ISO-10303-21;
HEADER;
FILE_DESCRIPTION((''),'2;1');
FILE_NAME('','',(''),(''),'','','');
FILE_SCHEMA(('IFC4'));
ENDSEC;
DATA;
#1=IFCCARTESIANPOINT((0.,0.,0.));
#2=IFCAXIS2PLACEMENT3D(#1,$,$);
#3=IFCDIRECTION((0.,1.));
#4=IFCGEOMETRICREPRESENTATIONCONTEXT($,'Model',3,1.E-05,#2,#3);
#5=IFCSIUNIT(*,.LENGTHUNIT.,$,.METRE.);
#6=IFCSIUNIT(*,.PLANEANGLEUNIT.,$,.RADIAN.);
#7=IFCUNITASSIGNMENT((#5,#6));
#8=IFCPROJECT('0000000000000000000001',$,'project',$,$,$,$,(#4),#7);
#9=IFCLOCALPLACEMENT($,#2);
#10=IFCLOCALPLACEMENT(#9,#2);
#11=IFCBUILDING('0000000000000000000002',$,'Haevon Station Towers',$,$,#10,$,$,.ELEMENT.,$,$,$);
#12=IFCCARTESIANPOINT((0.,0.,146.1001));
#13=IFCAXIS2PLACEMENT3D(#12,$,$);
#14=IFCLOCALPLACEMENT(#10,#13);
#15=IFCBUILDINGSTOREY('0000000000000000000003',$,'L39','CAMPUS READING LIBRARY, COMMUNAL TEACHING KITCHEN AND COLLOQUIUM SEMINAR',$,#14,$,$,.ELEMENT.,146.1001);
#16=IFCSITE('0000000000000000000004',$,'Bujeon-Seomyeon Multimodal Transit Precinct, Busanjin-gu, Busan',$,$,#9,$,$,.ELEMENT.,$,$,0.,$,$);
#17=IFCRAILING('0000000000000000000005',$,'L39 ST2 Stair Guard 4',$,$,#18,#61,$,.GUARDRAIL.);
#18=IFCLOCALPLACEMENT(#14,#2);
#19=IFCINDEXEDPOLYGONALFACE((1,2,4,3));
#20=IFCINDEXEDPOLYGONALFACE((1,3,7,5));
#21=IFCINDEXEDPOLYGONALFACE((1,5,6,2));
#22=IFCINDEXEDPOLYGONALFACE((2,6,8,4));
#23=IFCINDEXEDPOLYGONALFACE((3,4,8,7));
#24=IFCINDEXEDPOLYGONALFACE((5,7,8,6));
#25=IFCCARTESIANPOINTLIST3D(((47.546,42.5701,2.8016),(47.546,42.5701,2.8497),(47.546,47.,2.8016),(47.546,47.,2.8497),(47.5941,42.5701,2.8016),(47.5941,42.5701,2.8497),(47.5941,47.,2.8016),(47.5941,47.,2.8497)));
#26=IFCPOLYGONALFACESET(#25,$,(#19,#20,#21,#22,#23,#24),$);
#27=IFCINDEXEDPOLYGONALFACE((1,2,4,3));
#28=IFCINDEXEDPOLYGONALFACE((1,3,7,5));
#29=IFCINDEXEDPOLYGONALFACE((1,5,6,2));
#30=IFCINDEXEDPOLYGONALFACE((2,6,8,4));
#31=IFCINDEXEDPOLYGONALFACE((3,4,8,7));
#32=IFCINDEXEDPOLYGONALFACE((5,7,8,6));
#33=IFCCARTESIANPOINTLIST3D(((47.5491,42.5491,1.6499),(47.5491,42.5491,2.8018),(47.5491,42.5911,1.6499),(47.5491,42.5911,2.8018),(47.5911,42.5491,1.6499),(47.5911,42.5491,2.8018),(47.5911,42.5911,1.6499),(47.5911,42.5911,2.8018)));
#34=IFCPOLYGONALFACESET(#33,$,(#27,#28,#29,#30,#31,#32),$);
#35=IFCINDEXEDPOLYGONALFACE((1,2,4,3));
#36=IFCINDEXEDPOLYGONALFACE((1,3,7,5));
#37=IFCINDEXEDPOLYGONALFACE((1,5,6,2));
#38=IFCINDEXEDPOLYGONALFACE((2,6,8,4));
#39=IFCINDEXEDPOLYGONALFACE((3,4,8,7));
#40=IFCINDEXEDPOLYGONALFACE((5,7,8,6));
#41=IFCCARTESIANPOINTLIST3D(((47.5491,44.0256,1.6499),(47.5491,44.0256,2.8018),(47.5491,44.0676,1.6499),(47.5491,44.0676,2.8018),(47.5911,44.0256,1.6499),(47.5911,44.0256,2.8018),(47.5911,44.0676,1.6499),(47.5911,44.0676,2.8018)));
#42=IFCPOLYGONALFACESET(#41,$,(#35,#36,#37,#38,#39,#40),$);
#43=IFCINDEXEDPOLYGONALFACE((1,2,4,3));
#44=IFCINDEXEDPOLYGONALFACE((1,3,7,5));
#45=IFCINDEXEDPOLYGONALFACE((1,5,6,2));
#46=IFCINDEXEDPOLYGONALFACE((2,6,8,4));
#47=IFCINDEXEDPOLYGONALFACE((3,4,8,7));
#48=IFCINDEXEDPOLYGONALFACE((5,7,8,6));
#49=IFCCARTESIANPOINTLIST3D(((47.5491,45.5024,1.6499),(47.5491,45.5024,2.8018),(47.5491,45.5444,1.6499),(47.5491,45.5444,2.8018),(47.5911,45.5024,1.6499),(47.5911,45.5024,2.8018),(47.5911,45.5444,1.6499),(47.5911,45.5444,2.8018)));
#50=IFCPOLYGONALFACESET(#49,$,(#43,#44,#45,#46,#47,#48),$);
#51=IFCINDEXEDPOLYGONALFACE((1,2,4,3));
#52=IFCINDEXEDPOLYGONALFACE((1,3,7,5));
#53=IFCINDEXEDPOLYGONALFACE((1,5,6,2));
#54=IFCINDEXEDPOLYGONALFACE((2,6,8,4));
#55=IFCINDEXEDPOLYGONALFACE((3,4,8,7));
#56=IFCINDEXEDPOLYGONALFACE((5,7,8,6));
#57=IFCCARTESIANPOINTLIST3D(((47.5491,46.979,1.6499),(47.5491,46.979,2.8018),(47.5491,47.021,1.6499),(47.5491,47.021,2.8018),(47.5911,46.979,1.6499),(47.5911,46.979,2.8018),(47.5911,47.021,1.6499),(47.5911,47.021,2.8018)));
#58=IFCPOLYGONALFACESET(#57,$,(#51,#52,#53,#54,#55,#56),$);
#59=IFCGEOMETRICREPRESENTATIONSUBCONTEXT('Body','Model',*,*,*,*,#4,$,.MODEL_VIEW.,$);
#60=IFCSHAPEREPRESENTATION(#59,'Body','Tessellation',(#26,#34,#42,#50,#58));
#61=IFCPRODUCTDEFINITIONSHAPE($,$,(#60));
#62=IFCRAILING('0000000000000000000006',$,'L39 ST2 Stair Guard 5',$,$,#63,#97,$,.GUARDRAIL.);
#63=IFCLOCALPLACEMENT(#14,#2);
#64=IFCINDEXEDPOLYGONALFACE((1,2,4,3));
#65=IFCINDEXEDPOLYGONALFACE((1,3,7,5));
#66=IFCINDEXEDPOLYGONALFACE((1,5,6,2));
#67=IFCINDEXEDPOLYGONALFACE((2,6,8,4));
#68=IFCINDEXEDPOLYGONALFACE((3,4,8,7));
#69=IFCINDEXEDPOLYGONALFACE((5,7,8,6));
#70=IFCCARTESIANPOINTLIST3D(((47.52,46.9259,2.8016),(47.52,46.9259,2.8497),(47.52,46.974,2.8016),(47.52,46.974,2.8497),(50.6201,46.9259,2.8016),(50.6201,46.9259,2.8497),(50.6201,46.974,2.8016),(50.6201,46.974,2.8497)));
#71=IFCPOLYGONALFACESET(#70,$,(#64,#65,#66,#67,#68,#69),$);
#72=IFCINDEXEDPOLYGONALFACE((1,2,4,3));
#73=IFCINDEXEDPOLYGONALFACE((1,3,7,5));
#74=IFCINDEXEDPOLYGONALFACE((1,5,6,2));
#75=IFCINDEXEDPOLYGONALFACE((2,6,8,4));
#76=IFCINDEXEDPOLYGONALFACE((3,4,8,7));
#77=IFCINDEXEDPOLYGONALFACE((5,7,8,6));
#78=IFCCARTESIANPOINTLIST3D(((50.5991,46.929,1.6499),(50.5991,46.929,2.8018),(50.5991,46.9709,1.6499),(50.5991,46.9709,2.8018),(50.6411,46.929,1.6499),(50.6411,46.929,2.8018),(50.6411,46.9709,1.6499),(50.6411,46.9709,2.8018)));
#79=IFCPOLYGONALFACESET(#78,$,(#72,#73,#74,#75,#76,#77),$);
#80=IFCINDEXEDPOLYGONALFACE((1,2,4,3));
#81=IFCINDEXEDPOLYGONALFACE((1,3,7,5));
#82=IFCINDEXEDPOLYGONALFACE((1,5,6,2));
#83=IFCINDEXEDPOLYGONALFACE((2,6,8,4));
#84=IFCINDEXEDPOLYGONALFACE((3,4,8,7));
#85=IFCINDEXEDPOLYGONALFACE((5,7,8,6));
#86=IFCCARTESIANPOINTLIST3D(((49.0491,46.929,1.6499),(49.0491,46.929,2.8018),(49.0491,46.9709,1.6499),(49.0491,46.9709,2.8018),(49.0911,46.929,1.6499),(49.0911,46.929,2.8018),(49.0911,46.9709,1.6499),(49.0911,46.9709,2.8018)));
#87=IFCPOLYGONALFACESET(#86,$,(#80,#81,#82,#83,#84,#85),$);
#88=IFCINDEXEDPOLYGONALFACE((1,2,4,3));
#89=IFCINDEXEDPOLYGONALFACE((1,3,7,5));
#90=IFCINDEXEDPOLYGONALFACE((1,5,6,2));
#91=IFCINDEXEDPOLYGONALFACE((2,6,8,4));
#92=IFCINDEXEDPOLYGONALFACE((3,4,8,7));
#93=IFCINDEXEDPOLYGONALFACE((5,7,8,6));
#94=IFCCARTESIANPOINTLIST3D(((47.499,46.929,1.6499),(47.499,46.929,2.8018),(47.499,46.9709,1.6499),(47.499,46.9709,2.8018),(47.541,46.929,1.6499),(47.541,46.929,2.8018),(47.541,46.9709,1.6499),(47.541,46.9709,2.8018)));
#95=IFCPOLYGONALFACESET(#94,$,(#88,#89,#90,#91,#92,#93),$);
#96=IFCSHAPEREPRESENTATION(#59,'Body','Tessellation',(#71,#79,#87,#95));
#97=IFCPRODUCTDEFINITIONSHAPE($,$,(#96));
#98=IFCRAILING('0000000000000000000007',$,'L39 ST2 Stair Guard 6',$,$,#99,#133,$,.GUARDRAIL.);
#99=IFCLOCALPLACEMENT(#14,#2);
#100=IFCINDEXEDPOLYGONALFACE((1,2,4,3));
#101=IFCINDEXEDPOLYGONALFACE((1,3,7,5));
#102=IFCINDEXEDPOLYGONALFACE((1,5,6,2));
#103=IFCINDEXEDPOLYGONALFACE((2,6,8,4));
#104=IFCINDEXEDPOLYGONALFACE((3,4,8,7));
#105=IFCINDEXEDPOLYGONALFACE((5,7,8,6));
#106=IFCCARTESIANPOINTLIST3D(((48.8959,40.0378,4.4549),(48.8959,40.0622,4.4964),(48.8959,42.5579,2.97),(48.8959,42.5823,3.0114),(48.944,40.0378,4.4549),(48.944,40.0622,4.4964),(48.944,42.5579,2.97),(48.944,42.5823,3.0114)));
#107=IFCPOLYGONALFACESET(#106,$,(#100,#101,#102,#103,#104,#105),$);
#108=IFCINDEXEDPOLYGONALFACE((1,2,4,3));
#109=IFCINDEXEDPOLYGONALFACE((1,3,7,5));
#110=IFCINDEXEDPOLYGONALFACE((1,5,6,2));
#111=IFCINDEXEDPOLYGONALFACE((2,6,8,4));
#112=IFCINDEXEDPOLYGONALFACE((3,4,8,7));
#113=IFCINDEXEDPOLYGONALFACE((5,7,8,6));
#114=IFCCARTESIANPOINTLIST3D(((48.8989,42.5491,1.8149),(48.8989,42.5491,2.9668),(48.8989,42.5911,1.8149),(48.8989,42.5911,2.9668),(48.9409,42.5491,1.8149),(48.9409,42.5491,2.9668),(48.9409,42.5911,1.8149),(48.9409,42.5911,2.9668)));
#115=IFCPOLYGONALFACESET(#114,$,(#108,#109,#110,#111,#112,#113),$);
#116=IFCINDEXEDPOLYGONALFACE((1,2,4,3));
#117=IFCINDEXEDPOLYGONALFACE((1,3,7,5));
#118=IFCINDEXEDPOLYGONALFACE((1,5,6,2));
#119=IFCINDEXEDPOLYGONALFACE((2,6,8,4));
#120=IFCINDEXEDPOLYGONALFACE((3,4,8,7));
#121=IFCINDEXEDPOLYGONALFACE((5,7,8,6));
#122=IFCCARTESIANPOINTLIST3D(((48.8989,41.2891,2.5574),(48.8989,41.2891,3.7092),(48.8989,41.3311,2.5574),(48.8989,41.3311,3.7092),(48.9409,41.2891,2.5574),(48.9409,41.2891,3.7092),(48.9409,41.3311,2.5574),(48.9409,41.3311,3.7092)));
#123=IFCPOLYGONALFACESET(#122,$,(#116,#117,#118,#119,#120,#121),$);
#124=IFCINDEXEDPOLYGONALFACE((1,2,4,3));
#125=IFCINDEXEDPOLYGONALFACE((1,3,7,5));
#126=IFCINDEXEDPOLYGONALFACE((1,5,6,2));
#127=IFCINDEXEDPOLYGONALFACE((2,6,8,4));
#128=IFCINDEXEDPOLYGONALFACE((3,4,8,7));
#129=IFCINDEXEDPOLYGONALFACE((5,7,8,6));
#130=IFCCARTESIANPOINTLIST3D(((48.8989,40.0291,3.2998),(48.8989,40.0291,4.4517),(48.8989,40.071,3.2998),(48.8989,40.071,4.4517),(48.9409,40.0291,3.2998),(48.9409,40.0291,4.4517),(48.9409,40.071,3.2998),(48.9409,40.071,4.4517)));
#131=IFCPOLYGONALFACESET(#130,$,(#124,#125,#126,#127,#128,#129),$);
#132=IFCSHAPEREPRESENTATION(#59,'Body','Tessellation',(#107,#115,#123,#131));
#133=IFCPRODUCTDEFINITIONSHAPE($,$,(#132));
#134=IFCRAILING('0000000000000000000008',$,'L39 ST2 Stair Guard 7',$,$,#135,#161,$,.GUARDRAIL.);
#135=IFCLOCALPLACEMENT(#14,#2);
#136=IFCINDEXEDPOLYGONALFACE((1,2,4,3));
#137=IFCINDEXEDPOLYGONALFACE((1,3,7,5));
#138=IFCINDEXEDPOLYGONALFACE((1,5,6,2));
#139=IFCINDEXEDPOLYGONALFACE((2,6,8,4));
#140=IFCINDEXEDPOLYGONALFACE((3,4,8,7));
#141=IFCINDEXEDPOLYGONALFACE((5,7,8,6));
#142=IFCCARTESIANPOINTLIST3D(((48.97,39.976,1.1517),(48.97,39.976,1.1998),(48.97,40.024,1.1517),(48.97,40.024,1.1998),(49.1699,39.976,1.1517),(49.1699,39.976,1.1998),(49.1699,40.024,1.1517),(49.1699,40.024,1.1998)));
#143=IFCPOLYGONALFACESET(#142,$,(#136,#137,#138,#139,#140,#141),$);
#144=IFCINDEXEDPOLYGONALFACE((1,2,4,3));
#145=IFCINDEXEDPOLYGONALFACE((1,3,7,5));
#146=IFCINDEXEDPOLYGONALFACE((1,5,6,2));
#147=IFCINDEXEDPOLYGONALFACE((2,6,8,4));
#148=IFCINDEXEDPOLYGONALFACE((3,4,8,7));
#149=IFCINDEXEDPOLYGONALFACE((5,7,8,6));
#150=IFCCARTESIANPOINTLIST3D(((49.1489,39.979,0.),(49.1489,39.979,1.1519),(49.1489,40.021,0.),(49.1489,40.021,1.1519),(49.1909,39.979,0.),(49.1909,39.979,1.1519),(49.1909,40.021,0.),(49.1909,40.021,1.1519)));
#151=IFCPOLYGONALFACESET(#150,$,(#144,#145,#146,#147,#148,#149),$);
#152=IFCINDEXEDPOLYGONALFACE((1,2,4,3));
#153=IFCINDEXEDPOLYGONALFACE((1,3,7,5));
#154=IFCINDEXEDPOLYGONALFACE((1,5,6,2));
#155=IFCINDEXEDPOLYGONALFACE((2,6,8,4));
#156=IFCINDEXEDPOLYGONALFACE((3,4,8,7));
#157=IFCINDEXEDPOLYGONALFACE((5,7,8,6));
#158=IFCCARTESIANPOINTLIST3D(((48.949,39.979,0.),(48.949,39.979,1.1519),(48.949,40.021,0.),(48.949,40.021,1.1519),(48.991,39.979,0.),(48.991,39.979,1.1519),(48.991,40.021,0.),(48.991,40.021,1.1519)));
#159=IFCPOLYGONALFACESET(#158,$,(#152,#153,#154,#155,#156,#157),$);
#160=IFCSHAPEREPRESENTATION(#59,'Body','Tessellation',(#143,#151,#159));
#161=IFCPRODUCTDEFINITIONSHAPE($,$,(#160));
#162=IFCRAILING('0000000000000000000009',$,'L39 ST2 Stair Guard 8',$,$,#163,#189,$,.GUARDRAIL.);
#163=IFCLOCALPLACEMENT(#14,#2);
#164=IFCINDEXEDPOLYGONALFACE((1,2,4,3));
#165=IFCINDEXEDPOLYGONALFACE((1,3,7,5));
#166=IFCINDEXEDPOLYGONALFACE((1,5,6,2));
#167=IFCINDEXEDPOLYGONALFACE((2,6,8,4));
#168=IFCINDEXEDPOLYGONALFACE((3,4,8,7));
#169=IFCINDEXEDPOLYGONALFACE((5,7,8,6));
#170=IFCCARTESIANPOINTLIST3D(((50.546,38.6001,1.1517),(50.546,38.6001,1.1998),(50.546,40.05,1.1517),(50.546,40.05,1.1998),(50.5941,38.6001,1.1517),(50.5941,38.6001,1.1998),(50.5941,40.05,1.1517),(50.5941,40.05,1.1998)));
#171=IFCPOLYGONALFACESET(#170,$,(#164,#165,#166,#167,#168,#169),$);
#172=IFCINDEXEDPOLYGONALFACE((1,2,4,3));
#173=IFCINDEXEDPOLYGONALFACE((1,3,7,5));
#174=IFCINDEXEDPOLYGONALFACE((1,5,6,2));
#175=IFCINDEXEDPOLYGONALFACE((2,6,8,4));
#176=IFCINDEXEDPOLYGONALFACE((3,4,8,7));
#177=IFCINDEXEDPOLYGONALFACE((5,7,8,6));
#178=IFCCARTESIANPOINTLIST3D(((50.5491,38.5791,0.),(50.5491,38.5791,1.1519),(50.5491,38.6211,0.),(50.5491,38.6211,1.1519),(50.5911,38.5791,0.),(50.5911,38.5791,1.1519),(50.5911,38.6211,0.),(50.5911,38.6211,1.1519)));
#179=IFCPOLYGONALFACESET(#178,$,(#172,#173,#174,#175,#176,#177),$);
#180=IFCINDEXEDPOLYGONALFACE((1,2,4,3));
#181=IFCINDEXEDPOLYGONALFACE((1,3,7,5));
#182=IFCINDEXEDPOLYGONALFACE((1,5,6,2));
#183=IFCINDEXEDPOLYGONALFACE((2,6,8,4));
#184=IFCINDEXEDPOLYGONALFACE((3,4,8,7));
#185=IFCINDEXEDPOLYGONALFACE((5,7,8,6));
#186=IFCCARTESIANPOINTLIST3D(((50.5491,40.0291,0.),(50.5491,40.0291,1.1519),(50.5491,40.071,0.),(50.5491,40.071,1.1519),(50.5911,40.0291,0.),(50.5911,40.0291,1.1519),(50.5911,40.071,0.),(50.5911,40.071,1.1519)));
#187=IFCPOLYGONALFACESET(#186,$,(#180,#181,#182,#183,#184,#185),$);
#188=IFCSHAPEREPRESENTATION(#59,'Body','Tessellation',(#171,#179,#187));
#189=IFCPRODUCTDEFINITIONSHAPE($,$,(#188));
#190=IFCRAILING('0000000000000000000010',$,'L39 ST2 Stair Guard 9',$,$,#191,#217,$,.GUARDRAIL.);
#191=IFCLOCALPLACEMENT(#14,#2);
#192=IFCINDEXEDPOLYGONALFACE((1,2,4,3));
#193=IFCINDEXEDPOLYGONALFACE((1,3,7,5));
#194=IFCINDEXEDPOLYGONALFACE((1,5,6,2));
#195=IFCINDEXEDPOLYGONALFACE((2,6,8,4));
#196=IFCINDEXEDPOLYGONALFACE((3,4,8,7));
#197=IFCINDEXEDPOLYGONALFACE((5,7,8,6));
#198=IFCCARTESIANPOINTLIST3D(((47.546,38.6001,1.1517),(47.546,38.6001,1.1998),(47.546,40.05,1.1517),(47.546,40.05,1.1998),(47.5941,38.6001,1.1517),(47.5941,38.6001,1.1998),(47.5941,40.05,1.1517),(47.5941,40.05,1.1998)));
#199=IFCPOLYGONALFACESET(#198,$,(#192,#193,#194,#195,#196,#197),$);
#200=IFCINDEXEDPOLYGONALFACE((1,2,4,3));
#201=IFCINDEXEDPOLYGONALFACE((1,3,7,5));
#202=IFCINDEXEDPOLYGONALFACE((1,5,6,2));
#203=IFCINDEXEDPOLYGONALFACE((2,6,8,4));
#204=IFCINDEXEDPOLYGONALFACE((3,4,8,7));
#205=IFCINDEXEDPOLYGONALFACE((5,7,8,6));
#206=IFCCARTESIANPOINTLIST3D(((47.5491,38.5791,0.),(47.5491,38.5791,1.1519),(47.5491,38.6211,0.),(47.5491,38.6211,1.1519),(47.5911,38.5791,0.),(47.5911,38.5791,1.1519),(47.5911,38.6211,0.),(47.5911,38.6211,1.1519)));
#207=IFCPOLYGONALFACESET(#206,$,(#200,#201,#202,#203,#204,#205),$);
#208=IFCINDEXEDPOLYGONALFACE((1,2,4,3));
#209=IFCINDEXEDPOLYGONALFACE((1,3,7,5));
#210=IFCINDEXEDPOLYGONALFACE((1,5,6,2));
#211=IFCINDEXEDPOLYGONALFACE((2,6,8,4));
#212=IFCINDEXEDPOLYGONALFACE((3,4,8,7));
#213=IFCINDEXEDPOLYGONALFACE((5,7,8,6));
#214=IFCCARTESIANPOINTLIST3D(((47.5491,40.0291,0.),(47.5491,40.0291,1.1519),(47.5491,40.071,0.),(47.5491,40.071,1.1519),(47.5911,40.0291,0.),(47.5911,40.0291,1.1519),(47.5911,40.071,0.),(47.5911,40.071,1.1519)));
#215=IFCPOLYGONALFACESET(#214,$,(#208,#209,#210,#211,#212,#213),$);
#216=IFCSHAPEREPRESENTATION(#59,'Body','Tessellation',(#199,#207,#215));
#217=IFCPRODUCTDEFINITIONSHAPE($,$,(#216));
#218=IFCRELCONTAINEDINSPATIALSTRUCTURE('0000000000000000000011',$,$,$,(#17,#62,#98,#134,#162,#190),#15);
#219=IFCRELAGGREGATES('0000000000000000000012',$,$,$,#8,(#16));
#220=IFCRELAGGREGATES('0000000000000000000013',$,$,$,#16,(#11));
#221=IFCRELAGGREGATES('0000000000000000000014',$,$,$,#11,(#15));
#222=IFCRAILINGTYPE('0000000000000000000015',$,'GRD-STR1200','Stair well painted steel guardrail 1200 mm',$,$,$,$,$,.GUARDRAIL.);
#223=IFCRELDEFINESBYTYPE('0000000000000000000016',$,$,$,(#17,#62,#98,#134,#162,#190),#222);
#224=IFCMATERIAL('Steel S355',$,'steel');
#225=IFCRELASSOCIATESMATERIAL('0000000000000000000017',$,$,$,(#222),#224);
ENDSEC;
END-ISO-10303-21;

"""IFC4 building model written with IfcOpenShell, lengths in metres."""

from ifc_helpers import new_model, si_unit, direction, frame, origin, origin_2d, place, context, subcontext, project, spatial, rectangle, extrude, material, type_object, element, save


model = new_model("IFC4")

# Units and contexts
model_context = context("Model", 3, precision=1e-05, world=origin(), true_north=direction((0.0, 1.0)))
body_context = subcontext(model_context, "Body", "Model", "MODEL_VIEW")
ifc_project = project(units=[si_unit("LENGTHUNIT", "METRE"), si_unit("PLANEANGLEUNIT", "RADIAN")], contexts=[model_context])

# Site, building, storey
site_placement = place(None, origin())
site = spatial("IfcSite", under=ifc_project, at=site_placement, Name="Bujeon-Seomyeon Multimodal Transit Precinct, Busanjin-gu, Busan", CompositionType="ELEMENT", RefElevation=0.0)
building_placement = place(site_placement, origin())
building = spatial("IfcBuilding", under=site, at=building_placement, Name="Haevon Station Towers", CompositionType="ELEMENT")
storey_placement = place(building_placement, frame((0.0, 0.0, 146.1001)))
storey = spatial("IfcBuildingStorey", under=building, at=storey_placement, Name="L39", Description="CAMPUS READING LIBRARY, COMMUNAL TEACHING KITCHEN AND COLLOQUIUM SEMINAR", CompositionType="ELEMENT", Elevation=146.1001)

# Shared definitions
ifc_material_1 = material(Name="Steel S355", Category="steel")

# Railings
railing_type_1 = type_object("IfcRailingType", Name="GRD-STR1200", Description="Stair well painted steel guardrail 1200 mm", PredefinedType="GUARDRAIL", material=ifc_material_1)
for number, where, name in (
    (1, (47.5701, 42.5701, 1.6499), "L39 ST2 Stair Guard 4"),
):
    element("IfcRailing", number, at=place(storey_placement, frame(where)), inside=storey, type_object=railing_type_1, Name=name, PredefinedType="GUARDRAIL", context=body_context, shape_type="SweptSolid", body=[
        extrude(rectangle(XDim=0.0481, YDim=0.0481, at=origin_2d()), frame((0.0, 0.0, 1.1758), z_axis=(0.0, 1.0, 0.0), x_axis=(-1.0, 0.0, 0.0)), (0.0, 0.0, 1.0), 4.4299),
        extrude(rectangle(XDim=0.042, YDim=0.042, at=origin_2d()), origin(), (0.0, 0.0, 1.0), 1.1519),
        extrude(rectangle(XDim=0.042, YDim=0.042, at=origin_2d()), frame((0.0, 1.4766, 0.0)), (0.0, 0.0, 1.0), 1.1519),
        extrude(rectangle(XDim=0.042, YDim=0.042, at=origin_2d()), frame((0.0, 2.9534, 0.0)), (0.0, 0.0, 1.0), 1.1519),
        extrude(rectangle(XDim=0.042, YDim=0.042, at=origin_2d()), frame((0.0, 4.4299, 0.0)), (0.0, 0.0, 1.0), 1.1519),
    ])
railing_1_placement = place(storey_placement, frame((50.6201, 46.95, 1.6499)))
element("IfcRailing", 2, at=railing_1_placement, inside=storey, type_object=railing_type_1, Name="L39 ST2 Stair Guard 5", PredefinedType="GUARDRAIL", context=body_context, shape_type="SweptSolid", body=[
    extrude(rectangle(XDim=0.0481, YDim=0.0481, at=origin_2d()), frame((0.0, 0.0, 1.1758), z_axis=(-1.0, 0.0, 0.0), x_axis=(0.0, -1.0, 0.0)), (0.0, 0.0, 1.0), 3.1001),
    extrude(rectangle(XDim=0.042, YDim=0.042, at=origin_2d()), origin(), (0.0, 0.0, 1.0), 1.1519),
    extrude(rectangle(XDim=0.042, YDim=0.042, at=origin_2d()), frame((-1.55, 0.0, 0.0)), (0.0, 0.0, 1.0), 1.1519),
    extrude(rectangle(XDim=0.042, YDim=0.042, at=origin_2d()), frame((-3.1001, 0.0, 0.0)), (0.0, 0.0, 1.0), 1.1519),
])
railing_2_placement = place(storey_placement, frame((48.9199, 42.5701, 1.8149)))
element("IfcRailing", 3, at=railing_2_placement, inside=storey, type_object=railing_type_1, Name="L39 ST2 Stair Guard 6", PredefinedType="GUARDRAIL", context=body_context, shape_type="SweptSolid", body=[
    extrude(rectangle(XDim=0.0481, YDim=0.0481, at=origin_2d()), frame((0.0, 0.0, 1.1758), z_axis=(0.0, -0.861561, 0.507655), x_axis=(1.0, 0.0, 0.0)), (0.0, 0.0, 1.0), 2.925),
    extrude(rectangle(XDim=0.042, YDim=0.042, at=origin_2d()), origin(), (0.0, 0.0, 1.0), 1.1519),
    extrude(rectangle(XDim=0.042, YDim=0.042, at=origin_2d()), frame((0.0, -1.26, 0.7424)), (0.0, 0.0, 1.0), 1.1519),
    extrude(rectangle(XDim=0.042, YDim=0.042, at=origin_2d()), frame((0.0, -2.52, 1.4849)), (0.0, 0.0, 1.0), 1.1519),
])
railing_3_placement = place(storey_placement, frame((49.1699, 40.0, 0.0)))
element("IfcRailing", 4, at=railing_3_placement, inside=storey, type_object=railing_type_1, Name="L39 ST2 Stair Guard 7", PredefinedType="GUARDRAIL", context=body_context, shape_type="SweptSolid", body=[
    extrude(rectangle(XDim=0.0481, YDim=0.0481, at=origin_2d()), frame((0.0, 0.0, 1.1758), z_axis=(-1.0, 0.0, 0.0), x_axis=(0.0, -1.0, 0.0)), (0.0, 0.0, 1.0), 0.2),
    extrude(rectangle(XDim=0.042, YDim=0.042, at=origin_2d()), origin(), (0.0, 0.0, 1.0), 1.1519),
    extrude(rectangle(XDim=0.042, YDim=0.042, at=origin_2d()), frame((-0.2, 0.0, 0.0)), (0.0, 0.0, 1.0), 1.1519),
])
for number, where, name in (
    (5, (50.5701, 38.6001, 0.0), "L39 ST2 Stair Guard 8"),
    (6, (47.5701, 38.6001, 0.0), "L39 ST2 Stair Guard 9"),
):
    element("IfcRailing", number, at=place(storey_placement, frame(where)), inside=storey, type_object=railing_type_1, Name=name, PredefinedType="GUARDRAIL", context=body_context, shape_type="SweptSolid", body=[
        extrude(rectangle(XDim=0.0481, YDim=0.0481, at=origin_2d()), frame((0.0, 0.0, 1.1758), z_axis=(0.0, 1.0, 0.0), x_axis=(-1.0, 0.0, 0.0)), (0.0, 0.0, 1.0), 1.45),
        extrude(rectangle(XDim=0.042, YDim=0.042, at=origin_2d()), origin(), (0.0, 0.0, 1.0), 1.1519),
        extrude(rectangle(XDim=0.042, YDim=0.042, at=origin_2d()), frame((0.0, 1.45, 0.0)), (0.0, 0.0, 1.0), 1.1519),
    ])

save(model, "model.ifc")
